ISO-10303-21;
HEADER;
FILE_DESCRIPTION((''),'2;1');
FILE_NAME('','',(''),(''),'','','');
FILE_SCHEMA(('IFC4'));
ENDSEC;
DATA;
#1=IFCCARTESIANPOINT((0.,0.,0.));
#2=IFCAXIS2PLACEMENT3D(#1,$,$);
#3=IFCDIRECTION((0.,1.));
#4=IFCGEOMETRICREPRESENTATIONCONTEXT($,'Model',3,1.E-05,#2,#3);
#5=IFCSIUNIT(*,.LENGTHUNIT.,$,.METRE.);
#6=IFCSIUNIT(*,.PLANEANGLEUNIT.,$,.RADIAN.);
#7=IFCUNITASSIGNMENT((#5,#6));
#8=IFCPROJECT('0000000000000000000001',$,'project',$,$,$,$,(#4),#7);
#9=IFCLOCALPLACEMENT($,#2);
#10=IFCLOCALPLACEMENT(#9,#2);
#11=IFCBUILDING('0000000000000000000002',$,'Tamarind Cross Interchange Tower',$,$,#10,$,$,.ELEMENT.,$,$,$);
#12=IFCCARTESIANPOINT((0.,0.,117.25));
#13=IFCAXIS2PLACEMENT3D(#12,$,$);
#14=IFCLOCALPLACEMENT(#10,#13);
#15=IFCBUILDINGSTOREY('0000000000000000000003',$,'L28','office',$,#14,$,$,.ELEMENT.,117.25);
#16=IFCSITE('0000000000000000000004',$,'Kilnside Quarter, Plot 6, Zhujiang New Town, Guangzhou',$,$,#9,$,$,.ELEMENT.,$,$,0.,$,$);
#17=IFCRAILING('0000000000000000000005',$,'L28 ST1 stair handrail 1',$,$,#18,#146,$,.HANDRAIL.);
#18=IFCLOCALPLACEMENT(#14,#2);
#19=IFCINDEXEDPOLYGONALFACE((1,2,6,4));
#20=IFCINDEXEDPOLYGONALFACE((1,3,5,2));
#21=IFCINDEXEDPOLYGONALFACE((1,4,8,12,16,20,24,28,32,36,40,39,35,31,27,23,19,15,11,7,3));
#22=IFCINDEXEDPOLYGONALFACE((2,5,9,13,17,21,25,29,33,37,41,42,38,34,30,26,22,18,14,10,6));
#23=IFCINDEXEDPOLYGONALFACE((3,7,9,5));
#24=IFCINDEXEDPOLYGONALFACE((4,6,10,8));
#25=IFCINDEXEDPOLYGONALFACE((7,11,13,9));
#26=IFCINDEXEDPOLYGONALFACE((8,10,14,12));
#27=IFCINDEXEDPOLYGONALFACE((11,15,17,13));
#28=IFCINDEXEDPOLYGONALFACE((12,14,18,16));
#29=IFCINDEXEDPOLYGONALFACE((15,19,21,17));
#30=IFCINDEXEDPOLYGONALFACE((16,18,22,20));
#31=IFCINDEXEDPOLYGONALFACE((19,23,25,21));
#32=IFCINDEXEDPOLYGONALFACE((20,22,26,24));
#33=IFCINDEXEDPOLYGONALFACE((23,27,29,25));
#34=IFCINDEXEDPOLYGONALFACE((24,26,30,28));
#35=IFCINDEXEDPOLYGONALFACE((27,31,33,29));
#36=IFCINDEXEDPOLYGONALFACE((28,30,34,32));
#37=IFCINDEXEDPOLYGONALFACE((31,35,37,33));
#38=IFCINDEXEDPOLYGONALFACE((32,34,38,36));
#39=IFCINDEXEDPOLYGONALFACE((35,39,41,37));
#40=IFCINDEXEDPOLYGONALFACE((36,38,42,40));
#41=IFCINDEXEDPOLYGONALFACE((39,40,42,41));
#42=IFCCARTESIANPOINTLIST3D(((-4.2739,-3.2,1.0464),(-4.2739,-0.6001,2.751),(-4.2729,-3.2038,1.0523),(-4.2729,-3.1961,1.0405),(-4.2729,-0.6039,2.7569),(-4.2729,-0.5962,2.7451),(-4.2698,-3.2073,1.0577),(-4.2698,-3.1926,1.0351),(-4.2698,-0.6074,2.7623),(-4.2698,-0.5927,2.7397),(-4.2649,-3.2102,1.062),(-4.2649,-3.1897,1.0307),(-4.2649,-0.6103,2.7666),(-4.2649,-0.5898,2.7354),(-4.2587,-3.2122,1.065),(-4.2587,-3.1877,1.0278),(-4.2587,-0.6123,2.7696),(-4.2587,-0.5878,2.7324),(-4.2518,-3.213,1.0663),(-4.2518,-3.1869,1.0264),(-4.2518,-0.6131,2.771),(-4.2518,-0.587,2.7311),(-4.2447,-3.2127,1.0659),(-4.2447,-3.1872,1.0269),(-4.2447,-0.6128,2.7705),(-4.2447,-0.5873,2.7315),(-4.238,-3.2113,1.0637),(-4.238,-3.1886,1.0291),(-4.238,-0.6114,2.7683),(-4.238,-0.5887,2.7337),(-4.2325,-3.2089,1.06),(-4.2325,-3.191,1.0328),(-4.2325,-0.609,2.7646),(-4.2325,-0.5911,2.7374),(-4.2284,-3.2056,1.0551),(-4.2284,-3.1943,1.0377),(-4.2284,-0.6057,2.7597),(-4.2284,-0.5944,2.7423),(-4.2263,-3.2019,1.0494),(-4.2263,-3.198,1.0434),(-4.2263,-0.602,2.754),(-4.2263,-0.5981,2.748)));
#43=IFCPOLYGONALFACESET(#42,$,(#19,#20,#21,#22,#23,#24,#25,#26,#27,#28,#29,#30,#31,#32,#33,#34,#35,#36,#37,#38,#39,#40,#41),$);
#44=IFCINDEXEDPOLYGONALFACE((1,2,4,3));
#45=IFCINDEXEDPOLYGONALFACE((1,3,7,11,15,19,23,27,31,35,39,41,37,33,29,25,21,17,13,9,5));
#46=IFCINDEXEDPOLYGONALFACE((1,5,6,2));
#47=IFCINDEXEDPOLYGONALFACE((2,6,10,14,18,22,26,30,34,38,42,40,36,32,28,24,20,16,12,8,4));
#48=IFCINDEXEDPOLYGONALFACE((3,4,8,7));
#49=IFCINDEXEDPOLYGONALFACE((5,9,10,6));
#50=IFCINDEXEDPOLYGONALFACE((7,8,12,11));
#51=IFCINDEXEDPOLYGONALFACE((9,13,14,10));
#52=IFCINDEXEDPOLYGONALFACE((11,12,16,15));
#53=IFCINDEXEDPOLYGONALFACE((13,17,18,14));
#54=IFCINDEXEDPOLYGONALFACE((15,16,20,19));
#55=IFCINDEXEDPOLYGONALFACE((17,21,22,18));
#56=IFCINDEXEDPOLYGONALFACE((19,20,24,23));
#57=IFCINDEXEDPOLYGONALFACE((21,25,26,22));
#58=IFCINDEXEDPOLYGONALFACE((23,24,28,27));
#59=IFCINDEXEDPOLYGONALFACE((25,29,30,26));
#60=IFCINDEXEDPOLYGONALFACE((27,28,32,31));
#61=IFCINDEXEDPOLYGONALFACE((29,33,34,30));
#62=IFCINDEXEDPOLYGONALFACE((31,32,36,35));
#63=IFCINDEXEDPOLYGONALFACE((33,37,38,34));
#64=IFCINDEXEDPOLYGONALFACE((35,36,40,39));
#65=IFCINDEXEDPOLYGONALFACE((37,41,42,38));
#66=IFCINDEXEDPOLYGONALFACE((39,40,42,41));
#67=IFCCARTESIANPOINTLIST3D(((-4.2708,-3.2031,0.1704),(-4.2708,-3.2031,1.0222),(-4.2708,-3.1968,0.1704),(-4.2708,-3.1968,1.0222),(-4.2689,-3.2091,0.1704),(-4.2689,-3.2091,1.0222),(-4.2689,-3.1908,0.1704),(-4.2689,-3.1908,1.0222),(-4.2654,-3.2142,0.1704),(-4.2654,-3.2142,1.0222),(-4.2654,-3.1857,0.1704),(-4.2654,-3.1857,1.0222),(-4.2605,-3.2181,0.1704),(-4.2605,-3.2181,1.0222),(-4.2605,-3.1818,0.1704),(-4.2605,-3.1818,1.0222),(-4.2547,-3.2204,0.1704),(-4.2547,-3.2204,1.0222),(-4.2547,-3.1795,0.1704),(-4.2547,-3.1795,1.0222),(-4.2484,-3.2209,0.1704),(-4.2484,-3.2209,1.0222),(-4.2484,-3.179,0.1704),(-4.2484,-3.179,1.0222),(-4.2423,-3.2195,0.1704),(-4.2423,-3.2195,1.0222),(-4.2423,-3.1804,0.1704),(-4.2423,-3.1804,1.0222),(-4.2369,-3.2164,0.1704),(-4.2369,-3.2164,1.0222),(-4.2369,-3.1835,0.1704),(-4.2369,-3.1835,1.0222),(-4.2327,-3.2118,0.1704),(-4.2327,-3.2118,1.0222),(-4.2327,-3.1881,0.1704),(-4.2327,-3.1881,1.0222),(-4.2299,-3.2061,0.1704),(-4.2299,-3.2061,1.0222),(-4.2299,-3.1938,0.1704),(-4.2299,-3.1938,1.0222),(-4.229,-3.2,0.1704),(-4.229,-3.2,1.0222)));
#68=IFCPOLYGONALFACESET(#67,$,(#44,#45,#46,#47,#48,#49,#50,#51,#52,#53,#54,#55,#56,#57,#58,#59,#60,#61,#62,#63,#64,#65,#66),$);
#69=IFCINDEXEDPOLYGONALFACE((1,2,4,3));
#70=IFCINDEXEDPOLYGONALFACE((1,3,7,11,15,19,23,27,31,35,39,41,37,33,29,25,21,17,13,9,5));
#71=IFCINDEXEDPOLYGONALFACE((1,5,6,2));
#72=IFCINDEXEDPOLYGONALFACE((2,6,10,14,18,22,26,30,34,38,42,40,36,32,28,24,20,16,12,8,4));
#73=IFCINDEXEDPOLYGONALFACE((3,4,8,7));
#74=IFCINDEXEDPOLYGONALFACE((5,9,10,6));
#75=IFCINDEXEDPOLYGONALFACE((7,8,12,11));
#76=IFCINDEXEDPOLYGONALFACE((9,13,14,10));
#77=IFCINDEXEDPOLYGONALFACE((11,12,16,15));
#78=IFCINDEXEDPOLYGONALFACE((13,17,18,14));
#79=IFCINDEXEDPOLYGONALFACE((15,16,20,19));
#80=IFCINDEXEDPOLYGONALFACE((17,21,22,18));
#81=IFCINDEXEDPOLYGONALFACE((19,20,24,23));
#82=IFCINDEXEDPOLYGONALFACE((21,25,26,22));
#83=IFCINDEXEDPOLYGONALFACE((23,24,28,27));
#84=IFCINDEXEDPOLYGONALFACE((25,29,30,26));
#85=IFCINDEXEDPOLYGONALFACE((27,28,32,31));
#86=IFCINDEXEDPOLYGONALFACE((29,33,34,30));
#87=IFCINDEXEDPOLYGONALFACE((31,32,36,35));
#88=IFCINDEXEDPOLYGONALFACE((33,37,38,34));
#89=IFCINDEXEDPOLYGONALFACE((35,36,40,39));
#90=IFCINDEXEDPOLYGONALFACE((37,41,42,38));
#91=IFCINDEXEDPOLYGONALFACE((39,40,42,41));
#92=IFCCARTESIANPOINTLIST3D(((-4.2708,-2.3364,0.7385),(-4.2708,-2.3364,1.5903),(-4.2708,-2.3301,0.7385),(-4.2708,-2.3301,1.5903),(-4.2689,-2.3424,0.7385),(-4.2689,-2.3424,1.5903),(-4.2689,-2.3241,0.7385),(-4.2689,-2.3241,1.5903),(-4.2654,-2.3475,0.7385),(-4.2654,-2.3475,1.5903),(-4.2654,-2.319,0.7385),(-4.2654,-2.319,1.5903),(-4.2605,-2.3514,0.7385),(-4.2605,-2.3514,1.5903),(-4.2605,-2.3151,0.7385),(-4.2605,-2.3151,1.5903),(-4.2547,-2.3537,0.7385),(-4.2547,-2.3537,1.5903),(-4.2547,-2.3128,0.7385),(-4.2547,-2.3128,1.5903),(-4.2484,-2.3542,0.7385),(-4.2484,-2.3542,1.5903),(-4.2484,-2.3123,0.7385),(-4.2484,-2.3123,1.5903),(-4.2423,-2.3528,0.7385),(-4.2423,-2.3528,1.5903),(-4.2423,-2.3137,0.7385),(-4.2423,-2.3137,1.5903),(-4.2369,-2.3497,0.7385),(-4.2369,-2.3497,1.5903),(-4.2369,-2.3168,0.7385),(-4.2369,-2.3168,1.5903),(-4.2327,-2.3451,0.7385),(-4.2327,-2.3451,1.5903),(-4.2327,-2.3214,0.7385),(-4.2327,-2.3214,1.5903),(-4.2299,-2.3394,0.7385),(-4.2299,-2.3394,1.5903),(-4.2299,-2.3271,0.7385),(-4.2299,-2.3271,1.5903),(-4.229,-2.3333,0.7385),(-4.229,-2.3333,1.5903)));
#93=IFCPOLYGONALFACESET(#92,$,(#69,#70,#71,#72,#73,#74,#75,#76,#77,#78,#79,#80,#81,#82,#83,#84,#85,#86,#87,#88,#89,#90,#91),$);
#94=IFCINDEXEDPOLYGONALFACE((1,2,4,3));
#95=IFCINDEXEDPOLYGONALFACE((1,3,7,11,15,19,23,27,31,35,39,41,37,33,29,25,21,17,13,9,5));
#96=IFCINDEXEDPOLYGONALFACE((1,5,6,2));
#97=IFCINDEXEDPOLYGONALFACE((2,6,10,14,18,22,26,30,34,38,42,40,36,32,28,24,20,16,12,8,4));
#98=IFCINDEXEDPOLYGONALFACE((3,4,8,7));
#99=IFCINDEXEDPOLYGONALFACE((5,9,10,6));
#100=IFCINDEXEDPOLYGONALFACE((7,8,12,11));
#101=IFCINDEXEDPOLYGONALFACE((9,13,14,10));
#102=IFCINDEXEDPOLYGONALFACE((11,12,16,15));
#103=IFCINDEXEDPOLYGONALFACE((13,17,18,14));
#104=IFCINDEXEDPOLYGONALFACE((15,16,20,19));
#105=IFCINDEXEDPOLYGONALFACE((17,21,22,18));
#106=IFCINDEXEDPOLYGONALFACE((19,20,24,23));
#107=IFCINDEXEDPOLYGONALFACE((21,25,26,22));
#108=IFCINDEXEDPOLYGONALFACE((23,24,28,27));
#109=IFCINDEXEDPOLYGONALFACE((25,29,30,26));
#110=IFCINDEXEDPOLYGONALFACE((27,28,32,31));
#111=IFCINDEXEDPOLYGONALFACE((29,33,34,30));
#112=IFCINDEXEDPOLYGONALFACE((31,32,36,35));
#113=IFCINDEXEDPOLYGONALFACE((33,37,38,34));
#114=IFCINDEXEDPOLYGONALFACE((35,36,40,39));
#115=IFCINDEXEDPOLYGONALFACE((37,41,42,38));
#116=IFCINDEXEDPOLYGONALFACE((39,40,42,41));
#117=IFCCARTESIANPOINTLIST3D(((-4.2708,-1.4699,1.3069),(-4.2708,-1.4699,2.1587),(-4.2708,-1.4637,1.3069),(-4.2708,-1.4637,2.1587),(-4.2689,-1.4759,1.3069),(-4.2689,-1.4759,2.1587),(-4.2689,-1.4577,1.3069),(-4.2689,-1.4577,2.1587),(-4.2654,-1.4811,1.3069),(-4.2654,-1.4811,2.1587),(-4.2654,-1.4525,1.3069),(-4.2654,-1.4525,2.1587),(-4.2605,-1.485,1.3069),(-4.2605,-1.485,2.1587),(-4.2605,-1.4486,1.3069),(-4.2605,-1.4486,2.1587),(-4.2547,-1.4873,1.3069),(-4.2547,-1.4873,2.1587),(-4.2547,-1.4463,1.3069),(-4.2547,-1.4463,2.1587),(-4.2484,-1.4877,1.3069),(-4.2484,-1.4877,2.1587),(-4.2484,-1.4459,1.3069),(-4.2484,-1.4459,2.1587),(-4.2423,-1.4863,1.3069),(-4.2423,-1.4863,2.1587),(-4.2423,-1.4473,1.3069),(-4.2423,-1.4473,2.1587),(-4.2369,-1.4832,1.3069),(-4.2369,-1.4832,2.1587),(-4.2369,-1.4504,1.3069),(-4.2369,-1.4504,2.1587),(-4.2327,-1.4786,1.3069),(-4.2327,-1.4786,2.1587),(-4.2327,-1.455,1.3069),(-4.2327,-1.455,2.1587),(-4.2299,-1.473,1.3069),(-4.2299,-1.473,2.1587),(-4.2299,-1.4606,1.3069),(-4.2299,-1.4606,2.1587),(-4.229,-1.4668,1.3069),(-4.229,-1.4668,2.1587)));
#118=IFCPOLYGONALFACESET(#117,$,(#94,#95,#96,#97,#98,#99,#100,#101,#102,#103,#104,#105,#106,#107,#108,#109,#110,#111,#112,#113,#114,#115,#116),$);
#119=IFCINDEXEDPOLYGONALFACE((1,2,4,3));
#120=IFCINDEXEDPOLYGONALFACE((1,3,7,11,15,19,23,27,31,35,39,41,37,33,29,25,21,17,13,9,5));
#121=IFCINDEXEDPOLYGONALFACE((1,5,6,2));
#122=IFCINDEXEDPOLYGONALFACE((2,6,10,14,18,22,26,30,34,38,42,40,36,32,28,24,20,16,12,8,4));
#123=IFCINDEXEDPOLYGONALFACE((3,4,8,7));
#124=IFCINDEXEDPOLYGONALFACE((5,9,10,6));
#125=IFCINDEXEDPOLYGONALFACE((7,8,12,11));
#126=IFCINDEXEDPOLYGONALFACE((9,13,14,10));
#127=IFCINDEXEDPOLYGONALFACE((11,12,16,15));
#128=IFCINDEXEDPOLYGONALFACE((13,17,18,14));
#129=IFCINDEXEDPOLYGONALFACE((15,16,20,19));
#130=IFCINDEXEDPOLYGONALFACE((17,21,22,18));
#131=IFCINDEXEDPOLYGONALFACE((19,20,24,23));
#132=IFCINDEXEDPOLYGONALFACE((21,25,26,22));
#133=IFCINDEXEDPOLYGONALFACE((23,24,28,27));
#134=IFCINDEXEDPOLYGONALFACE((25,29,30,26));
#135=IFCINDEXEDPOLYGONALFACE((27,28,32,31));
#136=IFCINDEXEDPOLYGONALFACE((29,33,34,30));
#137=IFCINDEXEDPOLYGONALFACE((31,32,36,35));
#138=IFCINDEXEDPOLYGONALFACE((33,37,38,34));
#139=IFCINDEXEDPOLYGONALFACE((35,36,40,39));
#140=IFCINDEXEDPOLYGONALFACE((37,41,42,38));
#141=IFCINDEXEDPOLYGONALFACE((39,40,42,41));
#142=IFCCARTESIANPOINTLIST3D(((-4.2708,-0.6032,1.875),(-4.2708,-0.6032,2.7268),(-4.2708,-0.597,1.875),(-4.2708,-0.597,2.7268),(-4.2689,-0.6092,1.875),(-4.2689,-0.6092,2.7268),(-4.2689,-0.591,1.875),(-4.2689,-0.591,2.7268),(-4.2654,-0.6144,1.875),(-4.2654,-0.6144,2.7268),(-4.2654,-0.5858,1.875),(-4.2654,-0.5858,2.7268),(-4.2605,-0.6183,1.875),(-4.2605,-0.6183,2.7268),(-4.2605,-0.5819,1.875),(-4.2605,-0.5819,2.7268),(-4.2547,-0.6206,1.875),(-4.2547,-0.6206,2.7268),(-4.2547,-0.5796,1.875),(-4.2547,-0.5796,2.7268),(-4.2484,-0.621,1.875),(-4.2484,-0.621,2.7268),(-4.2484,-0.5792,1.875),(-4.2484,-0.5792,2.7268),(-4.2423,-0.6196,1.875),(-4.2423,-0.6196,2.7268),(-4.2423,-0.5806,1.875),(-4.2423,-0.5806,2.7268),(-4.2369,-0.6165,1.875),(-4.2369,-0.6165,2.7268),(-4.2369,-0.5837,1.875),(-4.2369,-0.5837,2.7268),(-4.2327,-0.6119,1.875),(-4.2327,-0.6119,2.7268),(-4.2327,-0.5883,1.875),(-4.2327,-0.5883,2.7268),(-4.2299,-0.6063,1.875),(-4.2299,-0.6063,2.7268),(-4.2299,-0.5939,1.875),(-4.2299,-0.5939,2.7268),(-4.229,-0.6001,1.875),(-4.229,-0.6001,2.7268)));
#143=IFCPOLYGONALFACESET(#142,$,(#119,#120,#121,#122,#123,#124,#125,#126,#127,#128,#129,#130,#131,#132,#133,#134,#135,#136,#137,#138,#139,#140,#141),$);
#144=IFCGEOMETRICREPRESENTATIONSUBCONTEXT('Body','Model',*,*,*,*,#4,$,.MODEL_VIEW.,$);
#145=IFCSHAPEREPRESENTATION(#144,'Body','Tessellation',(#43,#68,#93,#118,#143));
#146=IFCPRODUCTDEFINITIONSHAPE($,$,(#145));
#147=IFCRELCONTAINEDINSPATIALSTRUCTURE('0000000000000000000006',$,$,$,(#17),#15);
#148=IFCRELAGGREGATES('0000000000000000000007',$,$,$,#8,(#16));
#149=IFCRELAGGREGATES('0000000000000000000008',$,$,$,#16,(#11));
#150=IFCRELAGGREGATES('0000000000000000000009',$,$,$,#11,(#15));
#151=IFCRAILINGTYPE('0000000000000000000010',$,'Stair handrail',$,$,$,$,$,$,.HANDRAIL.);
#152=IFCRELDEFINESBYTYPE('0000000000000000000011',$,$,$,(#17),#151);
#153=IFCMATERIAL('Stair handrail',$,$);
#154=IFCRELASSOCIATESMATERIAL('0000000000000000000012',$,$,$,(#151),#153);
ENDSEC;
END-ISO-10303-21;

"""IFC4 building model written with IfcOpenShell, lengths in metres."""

from ifc_helpers import new_model, si_unit, direction, frame, origin, origin_2d, place, context, subcontext, project, spatial, circle, extrude, material, type_object, element, save


model = new_model("IFC4")

# Units and contexts
model_context = context("Model", 3, precision=1e-05, world=origin(), true_north=direction((0.0, 1.0)))
body_context = subcontext(model_context, "Body", "Model", "MODEL_VIEW")
ifc_project = project(units=[si_unit("LENGTHUNIT", "METRE"), si_unit("PLANEANGLEUNIT", "RADIAN")], contexts=[model_context])

# Site, building, storey
site_placement = place(None, origin())
site = spatial("IfcSite", under=ifc_project, at=site_placement, Name="Kilnside Quarter, Plot 6, Zhujiang New Town, Guangzhou", CompositionType="ELEMENT", RefElevation=0.0)
building_placement = place(site_placement, origin())
building = spatial("IfcBuilding", under=site, at=building_placement, Name="Tamarind Cross Interchange Tower", CompositionType="ELEMENT")
storey_placement = place(building_placement, frame((0.0, 0.0, 117.25)))
storey = spatial("IfcBuildingStorey", under=building, at=storey_placement, Name="L28", Description="office", CompositionType="ELEMENT", Elevation=117.25)

# Railing
ifc_material_1 = material(Name="Stair handrail")
railing_type_1 = type_object("IfcRailingType", Name="Stair handrail", PredefinedType="HANDRAIL", material=ifc_material_1)
railing_1_placement = place(storey_placement, frame((-4.25, -3.2, 0.1704)))
element("IfcRailing", 1, at=railing_1_placement, inside=storey, type_object=railing_type_1, Name="L28 ST1 stair handrail 1", PredefinedType="HANDRAIL", context=body_context, shape_type="SweptSolid", body=[
    extrude(circle(Radius=0.0239, at=origin_2d()), frame((0.0, 0.0, 0.876), z_axis=(0.0, 0.836279, 0.548305), x_axis=(-1.0, 0.0, 0.0)), (0.0, 0.0, 1.0), 3.1089),
    extrude(circle(Radius=0.021, at=origin_2d()), origin(), (0.0, 0.0, 1.0), 0.8518),
    extrude(circle(Radius=0.021, at=origin_2d()), frame((0.0, 0.8667, 0.5681)), (0.0, 0.0, 1.0), 0.8518),
    extrude(circle(Radius=0.021, at=origin_2d()), frame((0.0, 1.7332, 1.1365)), (0.0, 0.0, 1.0), 0.8518),
    extrude(circle(Radius=0.021, at=origin_2d()), frame((0.0, 2.5999, 1.7046)), (0.0, 0.0, 1.0), 0.8518),
])

save(model, "model.ifc")
